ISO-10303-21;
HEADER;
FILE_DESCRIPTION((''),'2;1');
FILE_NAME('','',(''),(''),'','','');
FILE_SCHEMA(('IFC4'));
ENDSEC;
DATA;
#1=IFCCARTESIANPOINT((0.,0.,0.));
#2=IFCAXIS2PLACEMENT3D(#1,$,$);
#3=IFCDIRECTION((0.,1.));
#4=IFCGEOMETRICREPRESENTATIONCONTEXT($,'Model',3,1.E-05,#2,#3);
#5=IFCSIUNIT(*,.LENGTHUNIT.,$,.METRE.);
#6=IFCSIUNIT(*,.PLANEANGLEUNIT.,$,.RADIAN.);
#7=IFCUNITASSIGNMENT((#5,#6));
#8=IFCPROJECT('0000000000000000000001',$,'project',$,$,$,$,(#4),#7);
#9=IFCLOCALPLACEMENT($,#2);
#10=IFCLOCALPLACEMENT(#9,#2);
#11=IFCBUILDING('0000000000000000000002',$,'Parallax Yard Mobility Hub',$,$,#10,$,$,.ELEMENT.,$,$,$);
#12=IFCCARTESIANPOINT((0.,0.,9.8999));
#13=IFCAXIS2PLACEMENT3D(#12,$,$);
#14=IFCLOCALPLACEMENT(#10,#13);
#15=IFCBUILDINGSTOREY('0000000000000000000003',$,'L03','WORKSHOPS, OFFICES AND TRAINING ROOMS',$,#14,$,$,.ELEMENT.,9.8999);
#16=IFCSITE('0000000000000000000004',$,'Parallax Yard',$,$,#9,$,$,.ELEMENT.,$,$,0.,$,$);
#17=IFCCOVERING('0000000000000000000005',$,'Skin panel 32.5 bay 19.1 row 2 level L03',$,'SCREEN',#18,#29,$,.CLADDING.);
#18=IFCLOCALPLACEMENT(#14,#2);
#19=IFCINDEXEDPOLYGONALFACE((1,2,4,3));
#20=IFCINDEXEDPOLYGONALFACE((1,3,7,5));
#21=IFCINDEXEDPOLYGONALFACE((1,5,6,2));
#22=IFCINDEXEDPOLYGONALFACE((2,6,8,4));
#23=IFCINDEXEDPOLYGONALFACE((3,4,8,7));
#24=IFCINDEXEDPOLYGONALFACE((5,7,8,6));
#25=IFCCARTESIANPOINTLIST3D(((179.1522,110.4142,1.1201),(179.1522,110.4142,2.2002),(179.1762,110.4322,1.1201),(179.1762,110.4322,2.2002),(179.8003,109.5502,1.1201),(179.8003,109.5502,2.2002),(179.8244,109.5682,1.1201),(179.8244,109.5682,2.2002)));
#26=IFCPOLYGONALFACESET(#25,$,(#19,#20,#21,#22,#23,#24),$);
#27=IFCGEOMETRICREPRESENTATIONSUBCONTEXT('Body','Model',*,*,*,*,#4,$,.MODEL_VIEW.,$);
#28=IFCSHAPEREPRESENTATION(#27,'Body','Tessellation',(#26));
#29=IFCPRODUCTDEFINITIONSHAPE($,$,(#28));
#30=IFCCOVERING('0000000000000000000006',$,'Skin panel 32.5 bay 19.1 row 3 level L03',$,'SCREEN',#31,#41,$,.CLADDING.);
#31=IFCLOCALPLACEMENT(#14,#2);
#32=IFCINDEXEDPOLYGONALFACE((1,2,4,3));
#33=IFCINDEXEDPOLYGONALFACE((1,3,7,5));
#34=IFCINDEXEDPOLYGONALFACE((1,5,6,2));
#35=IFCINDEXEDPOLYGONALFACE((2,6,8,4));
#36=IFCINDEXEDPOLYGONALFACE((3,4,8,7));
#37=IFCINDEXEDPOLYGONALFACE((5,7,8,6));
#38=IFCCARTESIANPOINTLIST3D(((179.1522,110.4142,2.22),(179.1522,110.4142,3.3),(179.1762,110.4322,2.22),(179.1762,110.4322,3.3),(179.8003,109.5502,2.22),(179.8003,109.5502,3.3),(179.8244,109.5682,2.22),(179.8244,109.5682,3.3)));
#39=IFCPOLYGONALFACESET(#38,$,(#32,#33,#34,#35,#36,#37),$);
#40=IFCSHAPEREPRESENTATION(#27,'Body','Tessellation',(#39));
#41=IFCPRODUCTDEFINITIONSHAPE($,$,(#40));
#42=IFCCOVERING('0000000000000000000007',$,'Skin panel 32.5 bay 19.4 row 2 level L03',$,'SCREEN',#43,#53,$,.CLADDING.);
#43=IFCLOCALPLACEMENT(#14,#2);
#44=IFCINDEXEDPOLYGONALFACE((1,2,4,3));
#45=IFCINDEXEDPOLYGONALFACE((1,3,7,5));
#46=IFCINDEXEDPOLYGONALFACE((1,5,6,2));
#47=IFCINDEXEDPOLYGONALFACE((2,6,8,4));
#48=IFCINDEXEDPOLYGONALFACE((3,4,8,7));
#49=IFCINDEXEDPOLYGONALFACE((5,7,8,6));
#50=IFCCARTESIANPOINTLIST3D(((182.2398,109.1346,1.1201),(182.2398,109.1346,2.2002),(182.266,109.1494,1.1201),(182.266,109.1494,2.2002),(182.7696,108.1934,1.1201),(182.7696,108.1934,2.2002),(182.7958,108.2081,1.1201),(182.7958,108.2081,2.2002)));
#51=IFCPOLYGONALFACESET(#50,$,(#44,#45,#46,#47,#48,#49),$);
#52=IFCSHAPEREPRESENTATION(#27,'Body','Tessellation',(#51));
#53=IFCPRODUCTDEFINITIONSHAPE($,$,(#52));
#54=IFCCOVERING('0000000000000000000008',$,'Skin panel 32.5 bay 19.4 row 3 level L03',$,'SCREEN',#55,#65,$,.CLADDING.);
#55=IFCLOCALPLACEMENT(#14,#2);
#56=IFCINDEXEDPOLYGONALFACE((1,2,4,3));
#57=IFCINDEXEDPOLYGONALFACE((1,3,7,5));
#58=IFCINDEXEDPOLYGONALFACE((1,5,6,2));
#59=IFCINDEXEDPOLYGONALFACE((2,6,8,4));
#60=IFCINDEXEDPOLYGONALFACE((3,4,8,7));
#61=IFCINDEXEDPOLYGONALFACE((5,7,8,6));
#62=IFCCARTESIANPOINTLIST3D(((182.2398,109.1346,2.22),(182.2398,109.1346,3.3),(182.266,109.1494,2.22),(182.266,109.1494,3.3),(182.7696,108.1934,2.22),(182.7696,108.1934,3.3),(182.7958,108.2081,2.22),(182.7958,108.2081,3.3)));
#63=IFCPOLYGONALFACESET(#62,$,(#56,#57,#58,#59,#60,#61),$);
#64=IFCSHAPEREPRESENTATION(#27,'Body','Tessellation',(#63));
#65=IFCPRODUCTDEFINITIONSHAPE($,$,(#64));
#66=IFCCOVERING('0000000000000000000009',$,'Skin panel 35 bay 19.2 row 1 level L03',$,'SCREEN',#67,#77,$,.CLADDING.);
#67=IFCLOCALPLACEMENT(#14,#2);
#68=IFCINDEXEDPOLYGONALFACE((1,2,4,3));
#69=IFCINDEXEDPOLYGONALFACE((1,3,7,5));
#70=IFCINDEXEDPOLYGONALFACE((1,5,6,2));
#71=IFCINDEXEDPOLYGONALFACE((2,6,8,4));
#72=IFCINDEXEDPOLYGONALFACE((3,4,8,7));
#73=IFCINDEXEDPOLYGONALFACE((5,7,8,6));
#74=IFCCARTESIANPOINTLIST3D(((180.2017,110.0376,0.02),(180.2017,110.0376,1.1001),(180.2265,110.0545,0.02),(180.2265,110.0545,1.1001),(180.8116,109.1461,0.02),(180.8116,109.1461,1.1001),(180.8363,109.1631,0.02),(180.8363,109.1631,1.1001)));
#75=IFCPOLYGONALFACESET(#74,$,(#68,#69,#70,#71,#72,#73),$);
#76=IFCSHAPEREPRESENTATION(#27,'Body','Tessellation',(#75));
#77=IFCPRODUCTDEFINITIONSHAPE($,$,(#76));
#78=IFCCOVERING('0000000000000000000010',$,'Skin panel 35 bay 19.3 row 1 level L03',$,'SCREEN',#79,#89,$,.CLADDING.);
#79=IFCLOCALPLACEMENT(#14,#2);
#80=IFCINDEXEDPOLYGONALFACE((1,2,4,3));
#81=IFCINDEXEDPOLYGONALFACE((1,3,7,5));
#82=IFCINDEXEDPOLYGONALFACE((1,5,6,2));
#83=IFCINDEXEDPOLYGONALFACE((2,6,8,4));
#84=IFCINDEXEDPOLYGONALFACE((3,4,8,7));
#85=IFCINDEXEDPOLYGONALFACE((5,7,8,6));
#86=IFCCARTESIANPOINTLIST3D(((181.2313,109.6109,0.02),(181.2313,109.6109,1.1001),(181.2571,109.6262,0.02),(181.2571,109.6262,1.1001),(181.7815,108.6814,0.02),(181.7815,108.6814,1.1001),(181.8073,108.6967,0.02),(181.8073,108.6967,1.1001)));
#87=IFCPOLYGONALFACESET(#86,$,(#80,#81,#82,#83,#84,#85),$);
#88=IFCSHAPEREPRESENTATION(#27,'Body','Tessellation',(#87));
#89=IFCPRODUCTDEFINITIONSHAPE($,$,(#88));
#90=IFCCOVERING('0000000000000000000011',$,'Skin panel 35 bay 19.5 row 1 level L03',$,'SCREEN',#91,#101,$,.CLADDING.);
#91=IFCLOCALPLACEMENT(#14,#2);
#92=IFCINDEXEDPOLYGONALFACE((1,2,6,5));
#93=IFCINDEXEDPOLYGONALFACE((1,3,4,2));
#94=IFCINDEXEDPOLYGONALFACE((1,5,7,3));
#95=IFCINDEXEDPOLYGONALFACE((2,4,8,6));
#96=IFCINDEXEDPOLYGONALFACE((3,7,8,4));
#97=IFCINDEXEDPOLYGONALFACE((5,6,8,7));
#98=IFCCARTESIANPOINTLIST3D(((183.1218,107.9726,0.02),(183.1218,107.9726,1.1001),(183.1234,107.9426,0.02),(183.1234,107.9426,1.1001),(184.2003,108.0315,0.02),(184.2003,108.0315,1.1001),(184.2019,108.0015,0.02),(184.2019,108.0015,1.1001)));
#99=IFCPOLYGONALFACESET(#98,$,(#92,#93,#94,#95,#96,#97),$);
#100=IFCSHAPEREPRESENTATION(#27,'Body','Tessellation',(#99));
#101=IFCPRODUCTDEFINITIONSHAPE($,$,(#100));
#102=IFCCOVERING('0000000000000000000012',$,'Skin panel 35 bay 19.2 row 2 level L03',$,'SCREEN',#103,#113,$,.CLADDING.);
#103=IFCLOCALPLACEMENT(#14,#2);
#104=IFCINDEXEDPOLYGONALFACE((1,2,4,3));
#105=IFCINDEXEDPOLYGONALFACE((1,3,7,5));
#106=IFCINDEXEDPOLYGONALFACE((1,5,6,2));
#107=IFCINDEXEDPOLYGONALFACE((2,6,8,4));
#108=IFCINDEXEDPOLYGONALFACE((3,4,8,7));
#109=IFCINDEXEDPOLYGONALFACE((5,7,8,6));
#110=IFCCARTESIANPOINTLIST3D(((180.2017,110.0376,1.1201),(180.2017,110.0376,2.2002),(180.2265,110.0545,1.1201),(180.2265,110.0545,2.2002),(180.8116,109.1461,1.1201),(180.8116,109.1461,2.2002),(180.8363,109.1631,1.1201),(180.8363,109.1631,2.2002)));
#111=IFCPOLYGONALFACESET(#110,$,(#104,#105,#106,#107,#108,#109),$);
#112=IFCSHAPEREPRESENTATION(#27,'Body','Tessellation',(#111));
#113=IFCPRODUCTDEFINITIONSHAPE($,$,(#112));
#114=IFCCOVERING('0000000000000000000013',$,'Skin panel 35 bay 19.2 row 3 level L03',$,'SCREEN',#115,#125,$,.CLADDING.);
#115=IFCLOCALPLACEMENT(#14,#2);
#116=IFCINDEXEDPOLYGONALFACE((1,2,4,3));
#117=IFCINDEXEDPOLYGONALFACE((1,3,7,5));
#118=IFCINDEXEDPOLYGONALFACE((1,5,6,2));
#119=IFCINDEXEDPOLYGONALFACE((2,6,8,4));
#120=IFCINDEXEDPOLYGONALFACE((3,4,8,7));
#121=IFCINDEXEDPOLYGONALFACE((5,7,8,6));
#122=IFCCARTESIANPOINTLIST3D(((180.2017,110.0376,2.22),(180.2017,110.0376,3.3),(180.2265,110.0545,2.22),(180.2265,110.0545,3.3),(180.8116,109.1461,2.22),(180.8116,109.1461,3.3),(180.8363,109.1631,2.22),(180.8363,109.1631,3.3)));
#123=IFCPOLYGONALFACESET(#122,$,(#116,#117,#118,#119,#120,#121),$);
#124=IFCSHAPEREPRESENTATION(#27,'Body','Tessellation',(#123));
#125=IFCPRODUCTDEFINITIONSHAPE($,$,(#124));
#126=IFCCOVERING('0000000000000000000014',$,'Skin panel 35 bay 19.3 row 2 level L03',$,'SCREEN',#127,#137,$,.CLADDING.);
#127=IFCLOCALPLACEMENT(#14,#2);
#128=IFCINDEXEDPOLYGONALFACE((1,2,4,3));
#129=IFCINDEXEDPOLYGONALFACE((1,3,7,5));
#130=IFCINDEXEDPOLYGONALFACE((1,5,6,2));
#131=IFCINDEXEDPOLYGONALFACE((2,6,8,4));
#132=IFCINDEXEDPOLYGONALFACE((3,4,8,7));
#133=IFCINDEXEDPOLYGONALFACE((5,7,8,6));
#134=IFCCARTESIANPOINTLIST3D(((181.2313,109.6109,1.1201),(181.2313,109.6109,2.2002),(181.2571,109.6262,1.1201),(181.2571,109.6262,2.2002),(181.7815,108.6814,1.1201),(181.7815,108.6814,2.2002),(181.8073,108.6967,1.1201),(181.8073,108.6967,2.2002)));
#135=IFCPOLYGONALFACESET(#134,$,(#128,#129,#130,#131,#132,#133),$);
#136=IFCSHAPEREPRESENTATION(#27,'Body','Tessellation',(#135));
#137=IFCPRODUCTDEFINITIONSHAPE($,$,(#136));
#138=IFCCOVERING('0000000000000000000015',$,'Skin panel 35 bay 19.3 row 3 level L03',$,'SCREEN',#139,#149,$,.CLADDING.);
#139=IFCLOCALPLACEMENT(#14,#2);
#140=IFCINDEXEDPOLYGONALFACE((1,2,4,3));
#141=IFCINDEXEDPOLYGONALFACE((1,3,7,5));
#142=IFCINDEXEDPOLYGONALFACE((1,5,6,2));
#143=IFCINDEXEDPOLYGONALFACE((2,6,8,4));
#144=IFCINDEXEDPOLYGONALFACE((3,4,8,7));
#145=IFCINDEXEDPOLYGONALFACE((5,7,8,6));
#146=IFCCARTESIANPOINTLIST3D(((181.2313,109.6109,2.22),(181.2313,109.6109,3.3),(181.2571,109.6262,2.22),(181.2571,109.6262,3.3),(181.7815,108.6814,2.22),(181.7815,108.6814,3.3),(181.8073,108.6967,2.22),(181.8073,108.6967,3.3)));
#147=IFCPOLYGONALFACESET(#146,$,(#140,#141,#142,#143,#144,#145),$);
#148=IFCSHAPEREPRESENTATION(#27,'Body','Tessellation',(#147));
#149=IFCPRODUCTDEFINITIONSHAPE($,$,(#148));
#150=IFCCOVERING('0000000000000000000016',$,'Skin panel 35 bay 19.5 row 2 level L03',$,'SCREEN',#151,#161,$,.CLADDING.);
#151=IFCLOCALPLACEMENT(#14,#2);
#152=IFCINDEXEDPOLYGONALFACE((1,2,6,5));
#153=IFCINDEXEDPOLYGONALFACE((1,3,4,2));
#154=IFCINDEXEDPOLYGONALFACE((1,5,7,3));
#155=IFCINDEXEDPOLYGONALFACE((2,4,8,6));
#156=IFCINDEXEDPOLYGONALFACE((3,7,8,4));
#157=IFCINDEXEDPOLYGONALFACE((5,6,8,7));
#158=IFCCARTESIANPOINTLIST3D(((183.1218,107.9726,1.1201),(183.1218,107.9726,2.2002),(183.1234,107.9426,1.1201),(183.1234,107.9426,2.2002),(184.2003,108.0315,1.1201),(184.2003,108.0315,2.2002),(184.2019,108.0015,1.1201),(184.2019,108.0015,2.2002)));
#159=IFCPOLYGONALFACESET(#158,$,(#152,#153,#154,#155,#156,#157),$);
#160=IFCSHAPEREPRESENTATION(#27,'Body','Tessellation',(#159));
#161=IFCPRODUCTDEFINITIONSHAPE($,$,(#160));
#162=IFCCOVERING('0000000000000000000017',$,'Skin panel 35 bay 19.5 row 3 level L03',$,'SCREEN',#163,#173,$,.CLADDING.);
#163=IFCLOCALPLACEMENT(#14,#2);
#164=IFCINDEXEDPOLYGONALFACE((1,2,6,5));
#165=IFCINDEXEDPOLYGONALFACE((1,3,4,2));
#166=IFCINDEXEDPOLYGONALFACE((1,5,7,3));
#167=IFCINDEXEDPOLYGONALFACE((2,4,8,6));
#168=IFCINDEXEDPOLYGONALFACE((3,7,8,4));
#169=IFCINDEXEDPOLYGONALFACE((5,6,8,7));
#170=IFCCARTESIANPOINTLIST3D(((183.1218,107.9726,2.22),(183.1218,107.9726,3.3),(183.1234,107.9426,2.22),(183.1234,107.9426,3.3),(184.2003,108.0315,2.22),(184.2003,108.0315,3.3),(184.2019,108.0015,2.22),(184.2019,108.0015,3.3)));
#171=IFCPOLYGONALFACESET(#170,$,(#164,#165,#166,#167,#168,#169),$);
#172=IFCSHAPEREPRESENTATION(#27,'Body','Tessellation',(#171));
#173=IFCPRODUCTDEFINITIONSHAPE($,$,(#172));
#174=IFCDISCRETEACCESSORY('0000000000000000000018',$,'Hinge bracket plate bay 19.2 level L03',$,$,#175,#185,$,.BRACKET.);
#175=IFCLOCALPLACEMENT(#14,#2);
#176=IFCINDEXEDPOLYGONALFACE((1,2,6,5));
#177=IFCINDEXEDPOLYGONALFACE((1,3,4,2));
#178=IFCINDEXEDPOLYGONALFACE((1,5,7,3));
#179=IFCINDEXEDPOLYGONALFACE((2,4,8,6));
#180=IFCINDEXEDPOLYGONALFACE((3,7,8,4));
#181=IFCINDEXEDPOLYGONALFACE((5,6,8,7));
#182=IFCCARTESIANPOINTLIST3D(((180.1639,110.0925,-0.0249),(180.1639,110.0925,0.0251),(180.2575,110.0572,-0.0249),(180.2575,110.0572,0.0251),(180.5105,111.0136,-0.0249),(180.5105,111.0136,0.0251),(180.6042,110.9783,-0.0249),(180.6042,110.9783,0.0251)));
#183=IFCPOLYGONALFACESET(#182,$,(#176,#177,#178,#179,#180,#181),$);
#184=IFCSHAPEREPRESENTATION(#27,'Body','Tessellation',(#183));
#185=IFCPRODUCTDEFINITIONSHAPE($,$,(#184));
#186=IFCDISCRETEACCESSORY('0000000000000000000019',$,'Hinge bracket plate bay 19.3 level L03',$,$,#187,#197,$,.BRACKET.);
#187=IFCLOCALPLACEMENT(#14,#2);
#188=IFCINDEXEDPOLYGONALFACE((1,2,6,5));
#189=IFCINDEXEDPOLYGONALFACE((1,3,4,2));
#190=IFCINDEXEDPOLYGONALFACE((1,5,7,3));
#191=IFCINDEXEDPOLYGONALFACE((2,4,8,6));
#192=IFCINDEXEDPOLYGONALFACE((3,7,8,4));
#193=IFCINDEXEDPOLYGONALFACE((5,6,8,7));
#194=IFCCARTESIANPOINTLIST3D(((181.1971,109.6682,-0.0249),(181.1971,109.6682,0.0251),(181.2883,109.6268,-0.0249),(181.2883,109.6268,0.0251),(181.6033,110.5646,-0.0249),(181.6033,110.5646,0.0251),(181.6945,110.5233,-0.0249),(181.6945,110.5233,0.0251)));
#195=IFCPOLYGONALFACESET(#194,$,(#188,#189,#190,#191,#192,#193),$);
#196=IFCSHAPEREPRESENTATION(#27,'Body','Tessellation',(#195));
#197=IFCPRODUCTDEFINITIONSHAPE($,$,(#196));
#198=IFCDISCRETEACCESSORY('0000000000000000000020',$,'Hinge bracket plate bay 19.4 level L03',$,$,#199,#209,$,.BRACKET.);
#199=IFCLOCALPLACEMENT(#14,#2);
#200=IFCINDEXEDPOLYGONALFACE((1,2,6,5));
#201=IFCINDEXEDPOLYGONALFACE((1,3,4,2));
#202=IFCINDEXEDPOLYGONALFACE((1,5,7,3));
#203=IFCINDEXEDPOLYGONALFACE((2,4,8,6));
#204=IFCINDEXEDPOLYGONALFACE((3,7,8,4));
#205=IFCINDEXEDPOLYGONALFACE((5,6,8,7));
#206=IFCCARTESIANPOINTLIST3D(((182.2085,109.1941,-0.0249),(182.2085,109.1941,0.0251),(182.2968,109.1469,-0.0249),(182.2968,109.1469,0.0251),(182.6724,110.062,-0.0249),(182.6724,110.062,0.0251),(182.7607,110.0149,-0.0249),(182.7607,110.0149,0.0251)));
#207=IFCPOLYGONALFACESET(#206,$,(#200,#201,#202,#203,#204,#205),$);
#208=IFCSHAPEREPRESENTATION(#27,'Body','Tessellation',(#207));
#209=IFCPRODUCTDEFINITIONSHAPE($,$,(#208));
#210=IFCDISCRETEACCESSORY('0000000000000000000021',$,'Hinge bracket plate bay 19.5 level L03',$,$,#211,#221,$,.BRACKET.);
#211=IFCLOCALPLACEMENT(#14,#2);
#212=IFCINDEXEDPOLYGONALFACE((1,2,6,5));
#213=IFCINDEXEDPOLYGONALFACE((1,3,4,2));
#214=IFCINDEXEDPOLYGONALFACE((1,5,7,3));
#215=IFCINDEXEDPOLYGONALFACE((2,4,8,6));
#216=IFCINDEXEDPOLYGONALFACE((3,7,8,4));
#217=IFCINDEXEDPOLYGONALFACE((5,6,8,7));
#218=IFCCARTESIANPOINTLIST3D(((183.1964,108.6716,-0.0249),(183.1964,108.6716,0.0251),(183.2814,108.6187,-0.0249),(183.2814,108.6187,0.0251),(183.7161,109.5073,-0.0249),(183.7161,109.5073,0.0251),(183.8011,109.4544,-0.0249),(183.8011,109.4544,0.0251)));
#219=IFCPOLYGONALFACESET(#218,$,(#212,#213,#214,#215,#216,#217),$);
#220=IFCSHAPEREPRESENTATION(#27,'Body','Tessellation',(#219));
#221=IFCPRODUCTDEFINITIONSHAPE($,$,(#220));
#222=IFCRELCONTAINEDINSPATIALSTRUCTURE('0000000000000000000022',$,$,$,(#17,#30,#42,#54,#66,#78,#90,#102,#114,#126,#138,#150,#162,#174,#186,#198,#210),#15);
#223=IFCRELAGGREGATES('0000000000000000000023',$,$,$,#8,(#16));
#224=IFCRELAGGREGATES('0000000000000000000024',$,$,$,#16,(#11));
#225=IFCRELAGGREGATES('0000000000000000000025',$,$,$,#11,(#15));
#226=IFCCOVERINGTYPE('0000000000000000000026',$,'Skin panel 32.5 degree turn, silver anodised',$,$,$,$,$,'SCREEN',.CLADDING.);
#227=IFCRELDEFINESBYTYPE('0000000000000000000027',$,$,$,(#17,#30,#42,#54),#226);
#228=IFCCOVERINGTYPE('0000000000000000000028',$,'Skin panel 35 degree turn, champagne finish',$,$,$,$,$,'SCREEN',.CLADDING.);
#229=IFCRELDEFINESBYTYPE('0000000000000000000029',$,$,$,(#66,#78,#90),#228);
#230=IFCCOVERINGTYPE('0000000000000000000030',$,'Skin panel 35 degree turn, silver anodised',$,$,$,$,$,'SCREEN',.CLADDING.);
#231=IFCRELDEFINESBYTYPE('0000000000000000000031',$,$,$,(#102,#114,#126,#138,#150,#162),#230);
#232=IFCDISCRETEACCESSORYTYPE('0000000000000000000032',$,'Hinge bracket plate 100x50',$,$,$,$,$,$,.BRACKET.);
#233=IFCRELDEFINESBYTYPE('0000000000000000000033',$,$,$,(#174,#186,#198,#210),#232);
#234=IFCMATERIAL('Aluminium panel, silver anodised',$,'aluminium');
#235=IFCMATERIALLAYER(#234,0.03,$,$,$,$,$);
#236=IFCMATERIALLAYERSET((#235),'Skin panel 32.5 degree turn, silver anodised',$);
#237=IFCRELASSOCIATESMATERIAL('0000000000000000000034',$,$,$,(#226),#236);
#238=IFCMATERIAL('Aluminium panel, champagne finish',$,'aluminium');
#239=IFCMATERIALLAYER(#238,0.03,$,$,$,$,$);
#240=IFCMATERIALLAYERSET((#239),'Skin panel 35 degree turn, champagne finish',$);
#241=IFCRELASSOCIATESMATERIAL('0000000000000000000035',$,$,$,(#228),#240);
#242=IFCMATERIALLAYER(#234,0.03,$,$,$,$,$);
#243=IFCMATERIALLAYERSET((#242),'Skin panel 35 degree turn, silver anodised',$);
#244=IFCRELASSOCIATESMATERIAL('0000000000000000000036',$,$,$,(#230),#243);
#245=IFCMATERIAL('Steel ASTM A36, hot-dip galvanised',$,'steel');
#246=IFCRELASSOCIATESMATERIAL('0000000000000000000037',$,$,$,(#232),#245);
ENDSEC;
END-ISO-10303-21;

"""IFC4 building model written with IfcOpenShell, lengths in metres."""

from ifc_helpers import new_model, si_unit, direction, frame, origin, origin_2d, place, context, subcontext, project, spatial, rectangle, extrude, material, layer, layer_set, type_object, element, save


model = new_model("IFC4")

# Units and contexts
model_context = context("Model", 3, precision=1e-05, world=origin(), true_north=direction((0.0, 1.0)))
body_context = subcontext(model_context, "Body", "Model", "MODEL_VIEW")
ifc_project = project(units=[si_unit("LENGTHUNIT", "METRE"), si_unit("PLANEANGLEUNIT", "RADIAN")], contexts=[model_context])

# Site, building, storey
site_placement = place(None, origin())
site = spatial("IfcSite", under=ifc_project, at=site_placement, Name="Parallax Yard", CompositionType="ELEMENT", RefElevation=0.0)
building_placement = place(site_placement, origin())
building = spatial("IfcBuilding", under=site, at=building_placement, Name="Parallax Yard Mobility Hub", CompositionType="ELEMENT")
storey_placement = place(building_placement, frame((0.0, 0.0, 9.8999)))
storey = spatial("IfcBuildingStorey", under=building, at=storey_placement, Name="L03", Description="WORKSHOPS, OFFICES AND TRAINING ROOMS", CompositionType="ELEMENT", Elevation=9.8999)

# Coverings
ifc_material_1 = material(Name="Aluminium panel, champagne finish", Category="aluminium")
ifc_material_2 = material(Name="Aluminium panel, silver anodised", Category="aluminium")
ifc_layer_1 = layer(ifc_material_2, 0.03)
ifc_layer_set_1 = layer_set([ifc_layer_1], Name="Skin panel 32.5 degree turn, silver anodised")
covering_type_1 = type_object("IfcCoveringType", Name="Skin panel 32.5 degree turn, silver anodised", ElementType="SCREEN", PredefinedType="CLADDING", material=ifc_layer_set_1)
for number, where, z_axis, x_axis, name in (
    (1, (179.4883, 109.9912, 1.1201), (0.0, 0.0, 1.0), (0.600071, -0.799947, 0.0), "Skin panel 32.5 bay 19.1 row 2 level L03"),
    (2, (179.4883, 109.9912, 2.22), (0.0, 0.0, 1.0), (0.600071, -0.799947, 0.0), "Skin panel 32.5 bay 19.1 row 3 level L03"),
    (3, (182.5178, 108.6714, 1.1201), (0.0, 0.0, 1.0), (0.490524, -0.871428, 0.0), "Skin panel 32.5 bay 19.4 row 2 level L03"),
    (4, (182.5178, 108.6714, 2.22), (0.0, 0.0, 1.0), (0.490524, -0.871428, 0.0), "Skin panel 32.5 bay 19.4 row 3 level L03"),
):
    element("IfcCovering", number, at=place(storey_placement, frame(where, z_axis=z_axis, x_axis=x_axis)), inside=storey, type_object=covering_type_1, Name=name, ObjectType="SCREEN", PredefinedType="CLADDING", context=body_context, shape_type="SweptSolid", body=[
        extrude(rectangle(XDim=1.0801, YDim=0.03, at=origin_2d()), origin(), (0.0, 0.0, 1.0), 1.0801),
    ])
ifc_layer_2 = layer(ifc_material_1, 0.03)
ifc_layer_set_2 = layer_set([ifc_layer_2], Name="Skin panel 35 degree turn, champagne finish")
covering_type_2 = type_object("IfcCoveringType", Name="Skin panel 35 degree turn, champagne finish", ElementType="SCREEN", PredefinedType="CLADDING", material=ifc_layer_set_2)
for number, where, z_axis, x_axis, name in (
    (5, (180.519, 109.6003, 0.02), (0.0, 0.0, 1.0), (0.564607, -0.82536, 0.0), "Skin panel 35 bay 19.2 row 1 level L03"),
    (6, (181.5193, 109.1538, 0.02), (0.0, 0.0, 1.0), (0.509417, -0.86052, 0.0), "Skin panel 35 bay 19.3 row 1 level L03"),
    (7, (183.6619, 107.9871, 0.02), (0.0, 0.0, 1.0), (-0.998513, -0.054515, 0.0), "Skin panel 35 bay 19.5 row 1 level L03"),
):
    element("IfcCovering", number, at=place(storey_placement, frame(where, z_axis=z_axis, x_axis=x_axis)), inside=storey, type_object=covering_type_2, Name=name, ObjectType="SCREEN", PredefinedType="CLADDING", context=body_context, shape_type="SweptSolid", body=[
        extrude(rectangle(XDim=1.0801, YDim=0.03, at=origin_2d()), origin(), (0.0, 0.0, 1.0), 1.0801),
    ])
ifc_layer_3 = layer(ifc_material_2, 0.03)
ifc_layer_set_3 = layer_set([ifc_layer_3], Name="Skin panel 35 degree turn, silver anodised")
covering_type_3 = type_object("IfcCoveringType", Name="Skin panel 35 degree turn, silver anodised", ElementType="SCREEN", PredefinedType="CLADDING", material=ifc_layer_set_3)
for number, where, z_axis, x_axis, name in (
    (8, (180.519, 109.6003, 1.1201), (0.0, 0.0, 1.0), (0.564607, -0.82536, 0.0), "Skin panel 35 bay 19.2 row 2 level L03"),
    (9, (180.519, 109.6003, 2.22), (0.0, 0.0, 1.0), (0.564607, -0.82536, 0.0), "Skin panel 35 bay 19.2 row 3 level L03"),
    (10, (181.5193, 109.1538, 1.1201), (0.0, 0.0, 1.0), (0.509417, -0.86052, 0.0), "Skin panel 35 bay 19.3 row 2 level L03"),
    (11, (181.5193, 109.1538, 2.22), (0.0, 0.0, 1.0), (0.509417, -0.86052, 0.0), "Skin panel 35 bay 19.3 row 3 level L03"),
    (12, (183.6619, 107.9871, 1.1201), (0.0, 0.0, 1.0), (-0.998513, -0.054515, 0.0), "Skin panel 35 bay 19.5 row 2 level L03"),
    (13, (183.6619, 107.9871, 2.22), (0.0, 0.0, 1.0), (-0.998513, -0.054515, 0.0), "Skin panel 35 bay 19.5 row 3 level L03"),
):
    element("IfcCovering", number, at=place(storey_placement, frame(where, z_axis=z_axis, x_axis=x_axis)), inside=storey, type_object=covering_type_3, Name=name, ObjectType="SCREEN", PredefinedType="CLADDING", context=body_context, shape_type="SweptSolid", body=[
        extrude(rectangle(XDim=1.0801, YDim=0.03, at=origin_2d()), origin(), (0.0, 0.0, 1.0), 1.0801),
    ])

# Discrete accessories
ifc_material_3 = material(Name="Steel ASTM A36, hot-dip galvanised", Category="steel")
discrete_accessory_type_1 = type_object("IfcDiscreteAccessoryType", Name="Hinge bracket plate 100x50", PredefinedType="BRACKET", material=ifc_material_3)
for number, where, z_axis, x_axis, name in (
    (14, (180.384, 110.5354, -0.0249), (0.0, 0.0, 1.0), (-0.35225, -0.935906, 0.0), "Hinge bracket plate bay 19.2 level L03"),
    (15, (181.4458, 110.0957, -0.0249), (0.0, 0.0, 1.0), (-0.412707, -0.910864, 0.0), "Hinge bracket plate bay 19.3 level L03"),
    (16, (182.4846, 109.6045, -0.0249), (0.0, 0.0, 1.0), (-0.471397, -0.881921, 0.0), "Hinge bracket plate bay 19.4 level L03"),
    (17, (183.4988, 109.063, -0.0249), (0.0, 0.0, 1.0), (-0.528068, -0.849202, 0.0), "Hinge bracket plate bay 19.5 level L03"),
):
    element("IfcDiscreteAccessory", number, at=place(storey_placement, frame(where, z_axis=z_axis, x_axis=x_axis)), inside=storey, type_object=discrete_accessory_type_1, Name=name, PredefinedType="BRACKET", context=body_context, shape_type="SweptSolid", body=[
        extrude(rectangle(XDim=0.9841, YDim=0.1001, at=origin_2d()), origin(), (0.0, 0.0, 1.0), 0.05),
    ])

save(model, "model.ifc")
